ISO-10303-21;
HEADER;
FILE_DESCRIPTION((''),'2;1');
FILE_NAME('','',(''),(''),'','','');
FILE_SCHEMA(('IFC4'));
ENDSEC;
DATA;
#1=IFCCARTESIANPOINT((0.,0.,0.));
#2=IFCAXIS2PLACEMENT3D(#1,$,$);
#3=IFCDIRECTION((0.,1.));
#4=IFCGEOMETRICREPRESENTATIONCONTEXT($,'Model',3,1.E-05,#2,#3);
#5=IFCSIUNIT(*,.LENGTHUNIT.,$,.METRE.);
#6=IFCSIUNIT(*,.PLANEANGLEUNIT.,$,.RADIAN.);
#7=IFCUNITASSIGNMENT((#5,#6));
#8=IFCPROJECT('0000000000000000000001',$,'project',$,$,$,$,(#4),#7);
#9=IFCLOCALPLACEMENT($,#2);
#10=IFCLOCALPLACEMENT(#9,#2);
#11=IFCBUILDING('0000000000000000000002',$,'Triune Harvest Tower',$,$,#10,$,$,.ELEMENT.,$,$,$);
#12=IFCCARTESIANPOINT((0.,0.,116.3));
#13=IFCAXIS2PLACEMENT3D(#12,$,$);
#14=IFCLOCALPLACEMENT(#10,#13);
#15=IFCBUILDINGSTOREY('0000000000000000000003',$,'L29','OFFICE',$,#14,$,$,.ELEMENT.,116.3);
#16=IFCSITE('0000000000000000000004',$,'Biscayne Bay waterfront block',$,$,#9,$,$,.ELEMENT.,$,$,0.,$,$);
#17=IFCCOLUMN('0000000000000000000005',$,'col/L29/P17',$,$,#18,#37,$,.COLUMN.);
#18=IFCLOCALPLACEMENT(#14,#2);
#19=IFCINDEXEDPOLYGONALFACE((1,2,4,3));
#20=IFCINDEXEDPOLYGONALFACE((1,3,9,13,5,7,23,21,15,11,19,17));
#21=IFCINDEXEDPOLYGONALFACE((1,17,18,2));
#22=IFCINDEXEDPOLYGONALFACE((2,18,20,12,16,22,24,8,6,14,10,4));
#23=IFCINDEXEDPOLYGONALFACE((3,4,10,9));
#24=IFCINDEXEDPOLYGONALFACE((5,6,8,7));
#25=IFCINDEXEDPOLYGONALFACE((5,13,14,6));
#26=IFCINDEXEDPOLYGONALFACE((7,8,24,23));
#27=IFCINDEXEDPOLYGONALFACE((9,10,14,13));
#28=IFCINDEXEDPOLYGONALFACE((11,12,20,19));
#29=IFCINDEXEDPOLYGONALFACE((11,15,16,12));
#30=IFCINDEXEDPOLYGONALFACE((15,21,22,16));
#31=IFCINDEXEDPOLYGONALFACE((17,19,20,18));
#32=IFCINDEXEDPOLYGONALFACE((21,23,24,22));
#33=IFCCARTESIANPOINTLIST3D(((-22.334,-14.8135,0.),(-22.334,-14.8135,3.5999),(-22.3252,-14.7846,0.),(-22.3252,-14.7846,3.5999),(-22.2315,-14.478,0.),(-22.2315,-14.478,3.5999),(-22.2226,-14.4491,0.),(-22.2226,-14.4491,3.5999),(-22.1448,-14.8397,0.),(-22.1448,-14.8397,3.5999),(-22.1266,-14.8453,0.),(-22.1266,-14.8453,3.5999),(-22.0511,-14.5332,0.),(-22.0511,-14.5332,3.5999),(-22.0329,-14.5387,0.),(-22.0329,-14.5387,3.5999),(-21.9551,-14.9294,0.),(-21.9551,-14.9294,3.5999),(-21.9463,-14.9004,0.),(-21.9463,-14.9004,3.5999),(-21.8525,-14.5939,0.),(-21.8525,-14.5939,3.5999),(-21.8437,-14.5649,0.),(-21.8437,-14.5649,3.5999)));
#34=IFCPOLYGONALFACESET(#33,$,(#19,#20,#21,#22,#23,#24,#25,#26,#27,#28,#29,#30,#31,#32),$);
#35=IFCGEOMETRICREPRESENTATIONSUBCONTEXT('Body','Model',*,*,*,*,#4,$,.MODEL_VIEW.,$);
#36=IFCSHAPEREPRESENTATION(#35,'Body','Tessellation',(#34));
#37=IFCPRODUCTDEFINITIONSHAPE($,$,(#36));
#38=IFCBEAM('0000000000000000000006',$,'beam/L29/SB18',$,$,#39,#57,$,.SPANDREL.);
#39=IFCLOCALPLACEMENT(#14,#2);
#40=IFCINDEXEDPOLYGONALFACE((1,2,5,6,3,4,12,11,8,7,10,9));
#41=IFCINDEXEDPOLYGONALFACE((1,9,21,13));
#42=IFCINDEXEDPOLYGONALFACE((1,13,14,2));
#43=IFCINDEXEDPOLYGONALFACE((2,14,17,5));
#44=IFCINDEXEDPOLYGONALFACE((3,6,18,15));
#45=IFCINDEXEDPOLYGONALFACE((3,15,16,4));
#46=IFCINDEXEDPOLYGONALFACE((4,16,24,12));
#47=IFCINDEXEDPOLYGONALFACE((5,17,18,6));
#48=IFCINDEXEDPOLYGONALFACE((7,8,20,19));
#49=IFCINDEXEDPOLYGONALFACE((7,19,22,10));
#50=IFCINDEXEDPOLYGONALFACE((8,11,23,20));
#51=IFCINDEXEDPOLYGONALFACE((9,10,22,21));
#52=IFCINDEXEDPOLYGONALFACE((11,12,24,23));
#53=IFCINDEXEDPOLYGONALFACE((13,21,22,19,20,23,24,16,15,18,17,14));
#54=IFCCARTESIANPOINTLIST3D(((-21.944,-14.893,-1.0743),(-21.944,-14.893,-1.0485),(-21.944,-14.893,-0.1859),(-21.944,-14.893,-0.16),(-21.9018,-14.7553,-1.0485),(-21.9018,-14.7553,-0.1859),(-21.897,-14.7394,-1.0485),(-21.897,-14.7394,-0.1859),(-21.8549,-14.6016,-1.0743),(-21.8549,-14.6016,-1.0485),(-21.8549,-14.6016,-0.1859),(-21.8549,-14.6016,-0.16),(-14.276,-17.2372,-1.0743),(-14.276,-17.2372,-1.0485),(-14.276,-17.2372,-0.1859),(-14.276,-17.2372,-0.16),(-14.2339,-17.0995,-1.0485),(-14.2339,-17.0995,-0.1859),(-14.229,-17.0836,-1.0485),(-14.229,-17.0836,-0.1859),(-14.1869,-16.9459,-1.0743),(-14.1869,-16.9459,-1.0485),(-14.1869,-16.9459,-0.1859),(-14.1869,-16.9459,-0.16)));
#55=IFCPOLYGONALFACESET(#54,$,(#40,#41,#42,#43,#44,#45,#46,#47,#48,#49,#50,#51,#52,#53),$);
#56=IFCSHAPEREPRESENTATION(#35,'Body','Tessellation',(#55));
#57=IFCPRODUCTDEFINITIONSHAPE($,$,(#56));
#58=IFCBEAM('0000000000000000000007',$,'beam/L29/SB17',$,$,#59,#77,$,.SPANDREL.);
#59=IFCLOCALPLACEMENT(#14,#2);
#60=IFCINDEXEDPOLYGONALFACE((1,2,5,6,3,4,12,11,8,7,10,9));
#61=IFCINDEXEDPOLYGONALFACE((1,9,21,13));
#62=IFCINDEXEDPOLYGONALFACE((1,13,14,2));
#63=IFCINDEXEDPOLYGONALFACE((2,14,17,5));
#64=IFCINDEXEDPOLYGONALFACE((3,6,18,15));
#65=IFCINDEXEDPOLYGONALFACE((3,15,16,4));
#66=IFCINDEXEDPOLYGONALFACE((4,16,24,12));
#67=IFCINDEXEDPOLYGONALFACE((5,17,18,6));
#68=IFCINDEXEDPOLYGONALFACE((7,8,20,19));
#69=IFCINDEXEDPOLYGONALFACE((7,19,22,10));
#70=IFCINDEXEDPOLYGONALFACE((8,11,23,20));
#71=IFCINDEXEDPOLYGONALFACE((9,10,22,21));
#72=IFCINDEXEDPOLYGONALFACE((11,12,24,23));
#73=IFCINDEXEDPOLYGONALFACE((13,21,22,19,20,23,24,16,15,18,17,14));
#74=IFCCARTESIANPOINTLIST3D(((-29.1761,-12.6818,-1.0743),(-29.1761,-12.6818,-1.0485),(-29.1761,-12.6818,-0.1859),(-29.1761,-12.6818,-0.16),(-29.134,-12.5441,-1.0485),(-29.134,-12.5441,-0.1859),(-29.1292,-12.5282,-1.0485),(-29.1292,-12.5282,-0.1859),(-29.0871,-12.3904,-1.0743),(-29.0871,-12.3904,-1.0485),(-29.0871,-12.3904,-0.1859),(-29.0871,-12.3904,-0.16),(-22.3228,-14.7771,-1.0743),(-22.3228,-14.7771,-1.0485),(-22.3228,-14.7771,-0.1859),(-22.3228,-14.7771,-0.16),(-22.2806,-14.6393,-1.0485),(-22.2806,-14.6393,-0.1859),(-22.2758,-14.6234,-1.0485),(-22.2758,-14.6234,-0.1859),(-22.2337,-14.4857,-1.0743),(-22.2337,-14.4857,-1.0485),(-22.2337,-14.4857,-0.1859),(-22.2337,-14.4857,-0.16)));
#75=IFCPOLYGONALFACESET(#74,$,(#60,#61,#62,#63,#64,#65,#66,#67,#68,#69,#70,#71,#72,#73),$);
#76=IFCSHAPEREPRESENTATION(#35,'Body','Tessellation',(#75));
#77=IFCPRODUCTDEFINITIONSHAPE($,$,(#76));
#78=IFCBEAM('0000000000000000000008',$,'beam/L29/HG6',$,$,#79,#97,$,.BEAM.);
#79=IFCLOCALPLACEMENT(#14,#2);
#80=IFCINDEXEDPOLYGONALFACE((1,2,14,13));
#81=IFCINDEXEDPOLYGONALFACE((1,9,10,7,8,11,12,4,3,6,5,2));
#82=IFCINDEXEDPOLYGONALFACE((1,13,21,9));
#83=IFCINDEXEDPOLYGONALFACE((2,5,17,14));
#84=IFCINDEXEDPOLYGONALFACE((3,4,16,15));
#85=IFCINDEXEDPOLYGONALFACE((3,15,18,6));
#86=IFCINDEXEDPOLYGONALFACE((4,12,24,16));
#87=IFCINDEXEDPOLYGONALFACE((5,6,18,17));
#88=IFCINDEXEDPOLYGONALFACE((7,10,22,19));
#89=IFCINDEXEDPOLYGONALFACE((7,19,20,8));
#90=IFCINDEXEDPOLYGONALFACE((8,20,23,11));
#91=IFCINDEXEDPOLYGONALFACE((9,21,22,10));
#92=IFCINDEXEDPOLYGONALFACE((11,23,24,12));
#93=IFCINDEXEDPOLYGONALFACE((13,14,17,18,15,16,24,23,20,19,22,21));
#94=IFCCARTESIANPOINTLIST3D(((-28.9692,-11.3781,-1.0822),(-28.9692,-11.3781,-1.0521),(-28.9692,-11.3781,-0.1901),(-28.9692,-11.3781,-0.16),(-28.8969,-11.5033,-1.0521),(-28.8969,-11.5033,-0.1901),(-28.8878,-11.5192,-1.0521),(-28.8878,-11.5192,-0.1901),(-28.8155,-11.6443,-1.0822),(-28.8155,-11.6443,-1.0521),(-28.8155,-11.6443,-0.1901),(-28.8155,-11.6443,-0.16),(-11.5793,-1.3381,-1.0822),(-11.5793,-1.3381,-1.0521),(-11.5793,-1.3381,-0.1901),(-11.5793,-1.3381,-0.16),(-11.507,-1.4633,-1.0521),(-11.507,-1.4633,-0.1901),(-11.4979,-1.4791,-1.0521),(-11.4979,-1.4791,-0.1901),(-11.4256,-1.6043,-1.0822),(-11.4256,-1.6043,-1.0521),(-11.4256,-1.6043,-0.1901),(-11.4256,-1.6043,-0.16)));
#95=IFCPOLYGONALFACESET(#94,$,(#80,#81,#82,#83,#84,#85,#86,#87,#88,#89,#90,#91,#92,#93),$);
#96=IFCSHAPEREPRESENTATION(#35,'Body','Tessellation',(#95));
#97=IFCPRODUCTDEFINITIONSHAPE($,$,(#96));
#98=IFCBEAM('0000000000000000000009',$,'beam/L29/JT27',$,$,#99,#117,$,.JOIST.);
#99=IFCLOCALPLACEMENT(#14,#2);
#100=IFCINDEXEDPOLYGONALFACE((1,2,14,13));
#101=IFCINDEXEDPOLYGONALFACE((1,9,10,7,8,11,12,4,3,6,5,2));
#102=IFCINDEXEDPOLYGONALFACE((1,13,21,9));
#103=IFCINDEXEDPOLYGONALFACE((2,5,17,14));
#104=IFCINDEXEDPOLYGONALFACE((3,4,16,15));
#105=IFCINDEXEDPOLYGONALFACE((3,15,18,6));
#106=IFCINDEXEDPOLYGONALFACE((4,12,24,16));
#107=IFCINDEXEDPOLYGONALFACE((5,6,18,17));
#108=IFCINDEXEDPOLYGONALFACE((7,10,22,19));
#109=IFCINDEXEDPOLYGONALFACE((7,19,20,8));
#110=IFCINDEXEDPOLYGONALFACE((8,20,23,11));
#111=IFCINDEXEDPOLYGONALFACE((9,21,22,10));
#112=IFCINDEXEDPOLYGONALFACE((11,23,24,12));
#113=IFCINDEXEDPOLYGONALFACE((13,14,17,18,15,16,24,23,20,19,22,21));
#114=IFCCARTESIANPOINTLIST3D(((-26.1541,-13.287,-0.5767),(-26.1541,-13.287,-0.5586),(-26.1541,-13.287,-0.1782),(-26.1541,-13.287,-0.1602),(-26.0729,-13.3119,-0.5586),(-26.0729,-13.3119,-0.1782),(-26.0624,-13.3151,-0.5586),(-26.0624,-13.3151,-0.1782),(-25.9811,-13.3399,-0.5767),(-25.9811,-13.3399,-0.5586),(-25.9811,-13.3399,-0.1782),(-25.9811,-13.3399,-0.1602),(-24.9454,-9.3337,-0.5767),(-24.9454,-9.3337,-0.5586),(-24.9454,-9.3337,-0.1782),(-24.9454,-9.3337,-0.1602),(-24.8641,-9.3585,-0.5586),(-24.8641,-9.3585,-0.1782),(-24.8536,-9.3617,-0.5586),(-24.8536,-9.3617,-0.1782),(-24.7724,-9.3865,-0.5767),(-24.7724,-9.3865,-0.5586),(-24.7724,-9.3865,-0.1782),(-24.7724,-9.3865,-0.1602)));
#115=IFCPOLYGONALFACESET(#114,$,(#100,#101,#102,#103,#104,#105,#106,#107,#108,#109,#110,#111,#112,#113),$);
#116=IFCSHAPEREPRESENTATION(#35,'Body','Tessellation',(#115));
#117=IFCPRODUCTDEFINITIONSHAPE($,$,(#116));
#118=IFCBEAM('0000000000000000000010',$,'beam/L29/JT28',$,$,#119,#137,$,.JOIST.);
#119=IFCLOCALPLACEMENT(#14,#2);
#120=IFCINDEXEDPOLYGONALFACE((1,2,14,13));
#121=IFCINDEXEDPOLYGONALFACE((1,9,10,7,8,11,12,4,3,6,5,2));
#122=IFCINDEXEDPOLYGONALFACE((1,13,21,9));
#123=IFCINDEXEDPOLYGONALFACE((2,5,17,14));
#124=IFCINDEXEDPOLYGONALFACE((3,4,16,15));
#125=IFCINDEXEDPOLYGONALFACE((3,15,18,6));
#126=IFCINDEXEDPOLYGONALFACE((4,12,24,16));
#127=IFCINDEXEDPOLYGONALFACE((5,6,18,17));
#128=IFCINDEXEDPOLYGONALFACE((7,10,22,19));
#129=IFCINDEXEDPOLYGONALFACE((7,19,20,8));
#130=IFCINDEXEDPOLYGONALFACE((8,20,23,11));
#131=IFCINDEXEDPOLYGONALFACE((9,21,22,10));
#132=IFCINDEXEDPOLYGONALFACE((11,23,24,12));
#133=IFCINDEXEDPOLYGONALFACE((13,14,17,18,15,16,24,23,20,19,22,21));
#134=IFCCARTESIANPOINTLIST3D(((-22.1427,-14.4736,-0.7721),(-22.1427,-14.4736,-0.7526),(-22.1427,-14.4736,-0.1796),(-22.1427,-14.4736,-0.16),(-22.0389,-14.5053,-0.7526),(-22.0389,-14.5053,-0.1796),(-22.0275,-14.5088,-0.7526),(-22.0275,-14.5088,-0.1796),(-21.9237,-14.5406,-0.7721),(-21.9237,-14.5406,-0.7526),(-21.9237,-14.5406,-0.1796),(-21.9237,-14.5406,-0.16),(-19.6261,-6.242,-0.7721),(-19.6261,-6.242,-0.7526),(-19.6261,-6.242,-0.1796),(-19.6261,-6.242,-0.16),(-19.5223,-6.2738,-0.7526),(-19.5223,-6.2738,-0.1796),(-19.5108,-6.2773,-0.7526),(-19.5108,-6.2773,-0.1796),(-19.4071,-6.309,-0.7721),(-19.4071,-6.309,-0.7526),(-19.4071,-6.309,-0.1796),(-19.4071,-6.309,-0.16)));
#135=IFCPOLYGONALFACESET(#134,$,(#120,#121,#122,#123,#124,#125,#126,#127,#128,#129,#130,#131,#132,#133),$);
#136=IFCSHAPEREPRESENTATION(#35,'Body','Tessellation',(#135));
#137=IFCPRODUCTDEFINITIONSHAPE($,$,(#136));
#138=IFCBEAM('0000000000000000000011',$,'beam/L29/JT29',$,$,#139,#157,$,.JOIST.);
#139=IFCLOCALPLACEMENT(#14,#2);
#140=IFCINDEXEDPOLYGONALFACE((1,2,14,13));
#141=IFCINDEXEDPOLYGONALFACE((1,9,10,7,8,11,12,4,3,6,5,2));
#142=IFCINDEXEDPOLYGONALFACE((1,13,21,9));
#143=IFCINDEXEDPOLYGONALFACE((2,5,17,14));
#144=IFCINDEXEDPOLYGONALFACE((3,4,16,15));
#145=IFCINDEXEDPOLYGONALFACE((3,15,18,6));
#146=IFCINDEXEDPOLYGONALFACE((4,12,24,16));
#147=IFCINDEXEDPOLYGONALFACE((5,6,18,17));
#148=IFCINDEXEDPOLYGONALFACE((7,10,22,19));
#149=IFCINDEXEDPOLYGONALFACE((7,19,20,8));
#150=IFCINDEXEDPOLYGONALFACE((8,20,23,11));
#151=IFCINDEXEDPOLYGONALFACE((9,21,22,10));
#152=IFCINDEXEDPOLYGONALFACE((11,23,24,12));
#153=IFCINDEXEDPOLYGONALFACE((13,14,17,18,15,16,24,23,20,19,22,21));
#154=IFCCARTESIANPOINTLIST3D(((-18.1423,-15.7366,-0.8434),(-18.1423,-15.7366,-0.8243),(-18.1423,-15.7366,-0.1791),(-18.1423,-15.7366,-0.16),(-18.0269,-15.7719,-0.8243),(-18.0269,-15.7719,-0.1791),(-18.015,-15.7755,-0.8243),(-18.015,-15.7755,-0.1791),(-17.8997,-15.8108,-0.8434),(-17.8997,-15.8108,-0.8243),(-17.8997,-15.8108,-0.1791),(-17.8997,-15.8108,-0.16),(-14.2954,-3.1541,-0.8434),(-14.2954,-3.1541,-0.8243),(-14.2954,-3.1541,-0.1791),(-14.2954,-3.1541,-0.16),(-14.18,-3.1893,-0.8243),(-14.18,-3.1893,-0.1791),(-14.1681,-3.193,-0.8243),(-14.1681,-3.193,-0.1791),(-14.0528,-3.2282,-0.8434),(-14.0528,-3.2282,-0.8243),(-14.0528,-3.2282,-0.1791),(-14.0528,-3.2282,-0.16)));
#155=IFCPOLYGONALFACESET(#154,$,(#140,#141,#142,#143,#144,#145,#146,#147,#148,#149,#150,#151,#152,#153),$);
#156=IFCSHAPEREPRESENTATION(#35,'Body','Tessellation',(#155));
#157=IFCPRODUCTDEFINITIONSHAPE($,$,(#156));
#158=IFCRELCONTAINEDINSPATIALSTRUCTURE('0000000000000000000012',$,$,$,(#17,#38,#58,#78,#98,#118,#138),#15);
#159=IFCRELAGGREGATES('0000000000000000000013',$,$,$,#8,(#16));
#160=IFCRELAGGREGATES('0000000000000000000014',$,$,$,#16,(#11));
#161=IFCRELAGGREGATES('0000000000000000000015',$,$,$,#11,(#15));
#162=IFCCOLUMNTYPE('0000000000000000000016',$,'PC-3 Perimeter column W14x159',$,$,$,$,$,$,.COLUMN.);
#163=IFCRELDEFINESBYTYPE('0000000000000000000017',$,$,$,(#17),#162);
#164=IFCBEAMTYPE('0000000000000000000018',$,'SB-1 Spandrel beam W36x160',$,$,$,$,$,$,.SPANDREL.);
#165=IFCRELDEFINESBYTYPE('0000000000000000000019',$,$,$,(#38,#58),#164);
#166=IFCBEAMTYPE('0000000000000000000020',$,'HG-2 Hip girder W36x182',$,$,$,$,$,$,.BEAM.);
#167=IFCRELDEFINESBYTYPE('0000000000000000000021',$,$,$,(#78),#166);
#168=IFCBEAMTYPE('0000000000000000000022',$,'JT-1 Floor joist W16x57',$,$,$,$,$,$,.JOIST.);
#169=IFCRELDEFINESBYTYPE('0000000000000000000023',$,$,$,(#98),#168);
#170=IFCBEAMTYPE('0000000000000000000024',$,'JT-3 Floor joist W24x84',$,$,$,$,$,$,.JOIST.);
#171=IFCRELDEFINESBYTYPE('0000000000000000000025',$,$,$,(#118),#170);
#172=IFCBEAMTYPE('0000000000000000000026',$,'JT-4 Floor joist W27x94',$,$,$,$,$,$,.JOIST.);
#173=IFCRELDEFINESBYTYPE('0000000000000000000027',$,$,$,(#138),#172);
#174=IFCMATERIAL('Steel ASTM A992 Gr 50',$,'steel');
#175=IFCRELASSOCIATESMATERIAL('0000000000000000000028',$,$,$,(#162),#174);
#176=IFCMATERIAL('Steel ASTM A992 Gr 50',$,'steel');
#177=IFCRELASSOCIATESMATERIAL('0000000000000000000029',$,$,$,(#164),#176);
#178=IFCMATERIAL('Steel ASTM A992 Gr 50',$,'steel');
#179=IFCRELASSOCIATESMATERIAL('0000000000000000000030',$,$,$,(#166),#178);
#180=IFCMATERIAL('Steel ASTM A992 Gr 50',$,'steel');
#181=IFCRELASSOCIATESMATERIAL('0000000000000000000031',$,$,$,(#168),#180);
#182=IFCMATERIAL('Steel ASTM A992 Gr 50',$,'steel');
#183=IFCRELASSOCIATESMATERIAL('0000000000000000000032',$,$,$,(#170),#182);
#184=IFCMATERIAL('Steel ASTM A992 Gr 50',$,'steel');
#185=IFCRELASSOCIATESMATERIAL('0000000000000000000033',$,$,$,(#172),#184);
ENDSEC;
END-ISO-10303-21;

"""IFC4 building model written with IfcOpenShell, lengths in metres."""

from ifc_helpers import new_model, si_unit, direction, frame, origin, origin_2d, place, context, subcontext, project, spatial, i_section, extrude, source, transform, mapped, material, material_profile, profile_set, type_object, element, save


model = new_model("IFC4")

# Units and contexts
model_context = context("Model", 3, precision=1e-05, world=origin(), true_north=direction((0.0, 1.0)))
body_context = subcontext(model_context, "Body", "Model", "MODEL_VIEW")
ifc_project = project(units=[si_unit("LENGTHUNIT", "METRE"), si_unit("PLANEANGLEUNIT", "RADIAN")], contexts=[model_context])

# Site, building, storey
site_placement = place(None, origin())
site = spatial("IfcSite", under=ifc_project, at=site_placement, Name="Biscayne Bay waterfront block", CompositionType="ELEMENT", RefElevation=0.0)
building_placement = place(site_placement, origin())
building = spatial("IfcBuilding", under=site, at=building_placement, Name="Triune Harvest Tower", CompositionType="ELEMENT")
storey_placement = place(building_placement, frame((0.0, 0.0, 116.3)))
storey = spatial("IfcBuildingStorey", under=building, at=storey_placement, Name="L29", Description="OFFICE", CompositionType="ELEMENT", Elevation=116.3)

# Column
ifc_material_1 = material(Name="Steel ASTM A992 Gr 50", Category="steel")
ifc_material_profile_1 = material_profile(ifc_material_1, i_section(OverallWidth=0.3962, OverallDepth=0.3811, WebThickness=0.019, FlangeThickness=0.0303, at=origin_2d()), Name="W14x159")
ifc_profile_set_1 = profile_set([ifc_material_profile_1], Name="Steel ASTM A992 Gr 50")
column_type = type_object("IfcColumnType", Name="PC-3 Perimeter column W14x159", PredefinedType="COLUMN", material=ifc_profile_set_1)
shared_shape_1 = source(origin(), body_context, "Body", "SweptSolid", [
    extrude(i_section(OverallWidth=0.3962, OverallDepth=0.3811, WebThickness=0.019, FlangeThickness=0.0303, at=origin_2d()), origin(), (0.0, 0.0, 1.0), 3.5999),
])
column_placement = place(storey_placement, frame((-22.0889, -14.6892, 0.0), z_axis=(0.0, 0.0, 1.0), x_axis=(0.956305, -0.292372, 0.0)))
element("IfcColumn", 1, at=column_placement, inside=storey, type_object=column_type, Name="col/L29/P17", PredefinedType="COLUMN", context=body_context, shape_type="MappedRepresentation", body=[
    mapped(shared_shape_1, transform((0.0, 0.0, 0.0), scale=1.0)),
])

# Beams
ifc_material_2 = material(Name="Steel ASTM A992 Gr 50", Category="steel")
ifc_material_profile_2 = material_profile(ifc_material_2, i_section(OverallWidth=0.3047, OverallDepth=0.9143, WebThickness=0.0166, FlangeThickness=0.0259, at=origin_2d()), Name="W36x160")
ifc_profile_set_2 = profile_set([ifc_material_profile_2], Name="Steel ASTM A992 Gr 50")
beam_type_1 = type_object("IfcBeamType", Name="SB-1 Spandrel beam W36x160", PredefinedType="SPANDREL", material=ifc_profile_set_2)
shared_shape_2 = source(origin(), body_context, "Body", "SweptSolid", [
    extrude(i_section(OverallWidth=0.3047, OverallDepth=0.9143, WebThickness=0.0166, FlangeThickness=0.0259, at=origin_2d()), origin(), (0.0, 0.0, 1.0), 8.0183),
])
beam_1_placement = place(storey_placement, frame((-21.8994, -14.7473, -0.6172), z_axis=(0.956308, -0.292361, 0.0), x_axis=(0.292361, 0.956308, 0.0)))
element("IfcBeam", 2, at=beam_1_placement, inside=storey, type_object=beam_type_1, Name="beam/L29/SB18", PredefinedType="SPANDREL", context=body_context, shape_type="MappedRepresentation", body=[
    mapped(shared_shape_2, transform((0.0, 0.0, 0.0), scale=1.0)),
])
shared_shape_3 = source(origin(), body_context, "Body", "SweptSolid", [
    extrude(i_section(OverallWidth=0.3047, OverallDepth=0.9143, WebThickness=0.0166, FlangeThickness=0.0259, at=origin_2d()), origin(), (0.0, 0.0, 1.0), 7.1665),
])
beam_2_placement = place(storey_placement, frame((-29.1316, -12.5361, -0.6172), z_axis=(0.956306, -0.292367, 0.0), x_axis=(0.292367, 0.956306, 0.0)))
element("IfcBeam", 3, at=beam_2_placement, inside=storey, type_object=beam_type_1, Name="beam/L29/SB17", PredefinedType="SPANDREL", context=body_context, shape_type="MappedRepresentation", body=[
    mapped(shared_shape_3, transform((0.0, 0.0, 0.0), scale=1.0)),
])
ifc_material_3 = material(Name="Steel ASTM A992 Gr 50", Category="steel")
ifc_material_profile_3 = material_profile(ifc_material_3, i_section(OverallWidth=0.3074, OverallDepth=0.9221, WebThickness=0.0183, FlangeThickness=0.03, at=origin_2d()), Name="W36x182")
ifc_profile_set_3 = profile_set([ifc_material_profile_3], Name="Steel ASTM A992 Gr 50")
beam_type_2 = type_object("IfcBeamType", Name="HG-2 Hip girder W36x182", PredefinedType="BEAM", material=ifc_profile_set_3)
shared_shape_4 = source(origin(), body_context, "Body", "SweptSolid", [
    extrude(i_section(OverallWidth=0.3074, OverallDepth=0.9221, WebThickness=0.0183, FlangeThickness=0.03, at=origin_2d()), origin(), (0.0, 0.0, 1.0), 20.0801),
])
beam_3_placement = place(storey_placement, frame((-28.8923, -11.5112, -0.6211), z_axis=(0.866026, 0.499999, 0.0), x_axis=(-0.499999, 0.866026, 0.0)))
element("IfcBeam", 4, at=beam_3_placement, inside=storey, type_object=beam_type_2, Name="beam/L29/HG6", PredefinedType="BEAM", context=body_context, shape_type="MappedRepresentation", body=[
    mapped(shared_shape_4, transform((0.0, 0.0, 0.0), scale=1.0)),
])
ifc_material_4 = material(Name="Steel ASTM A992 Gr 50", Category="steel")
ifc_material_profile_4 = material_profile(ifc_material_4, i_section(OverallWidth=0.1809, OverallDepth=0.4165, WebThickness=0.011, FlangeThickness=0.0181, at=origin_2d()), Name="W16x57")
ifc_profile_set_4 = profile_set([ifc_material_profile_4], Name="Steel ASTM A992 Gr 50")
beam_type_3 = type_object("IfcBeamType", Name="JT-1 Floor joist W16x57", PredefinedType="JOIST", material=ifc_profile_set_4)
shared_shape_5 = source(origin(), body_context, "Body", "SweptSolid", [
    extrude(i_section(OverallWidth=0.1809, OverallDepth=0.4165, WebThickness=0.011, FlangeThickness=0.0181, at=origin_2d()), origin(), (0.0, 0.0, 1.0), 4.134),
])
beam_4_placement = place(storey_placement, frame((-26.0676, -13.3135, -0.3684), z_axis=(0.292388, 0.9563, 0.0), x_axis=(-0.9563, 0.292388, 0.0)))
element("IfcBeam", 5, at=beam_4_placement, inside=storey, type_object=beam_type_3, Name="beam/L29/JT27", PredefinedType="JOIST", context=body_context, shape_type="MappedRepresentation", body=[
    mapped(shared_shape_5, transform((0.0, 0.0, 0.0), scale=1.0)),
])
ifc_material_5 = material(Name="Steel ASTM A992 Gr 50", Category="steel")
ifc_material_profile_5 = material_profile(ifc_material_5, i_section(OverallWidth=0.229, OverallDepth=0.6121, WebThickness=0.012, FlangeThickness=0.0195, at=origin_2d()), Name="W24x84")
ifc_profile_set_5 = profile_set([ifc_material_profile_5], Name="Steel ASTM A992 Gr 50")
beam_type_4 = type_object("IfcBeamType", Name="JT-3 Floor joist W24x84", PredefinedType="JOIST", material=ifc_profile_set_5)
shared_shape_6 = source(origin(), body_context, "Body", "SweptSolid", [
    extrude(i_section(OverallWidth=0.229, OverallDepth=0.6121, WebThickness=0.012, FlangeThickness=0.0195, at=origin_2d()), origin(), (0.0, 0.0, 1.0), 8.6077),
])
beam_5_placement = place(storey_placement, frame((-22.0332, -14.5071, -0.4661), z_axis=(0.292371, 0.956305, 0.0), x_axis=(-0.956305, 0.292371, 0.0)))
element("IfcBeam", 6, at=beam_5_placement, inside=storey, type_object=beam_type_4, Name="beam/L29/JT28", PredefinedType="JOIST", context=body_context, shape_type="MappedRepresentation", body=[
    mapped(shared_shape_6, transform((0.0, 0.0, 0.0), scale=1.0)),
])
ifc_material_6 = material(Name="Steel ASTM A992 Gr 50", Category="steel")
ifc_material_profile_6 = material_profile(ifc_material_6, i_section(OverallWidth=0.2537, OverallDepth=0.6833, WebThickness=0.0125, FlangeThickness=0.019, at=origin_2d()), Name="W27x94")
ifc_profile_set_6 = profile_set([ifc_material_profile_6], Name="Steel ASTM A992 Gr 50")
beam_type_5 = type_object("IfcBeamType", Name="JT-4 Floor joist W27x94", PredefinedType="JOIST", material=ifc_profile_set_6)
shared_shape_7 = source(origin(), body_context, "Body", "SweptSolid", [
    extrude(i_section(OverallWidth=0.2537, OverallDepth=0.6833, WebThickness=0.0125, FlangeThickness=0.019, at=origin_2d()), origin(), (0.0, 0.0, 1.0), 13.1575),
])
beam_6_placement = place(storey_placement, frame((-18.021, -15.7737, -0.5017), z_axis=(0.292376, 0.956303, 0.0), x_axis=(-0.956303, 0.292376, 0.0)))
element("IfcBeam", 7, at=beam_6_placement, inside=storey, type_object=beam_type_5, Name="beam/L29/JT29", PredefinedType="JOIST", context=body_context, shape_type="MappedRepresentation", body=[
    mapped(shared_shape_7, transform((0.0, 0.0, 0.0), scale=1.0)),
])

save(model, "model.ifc")
